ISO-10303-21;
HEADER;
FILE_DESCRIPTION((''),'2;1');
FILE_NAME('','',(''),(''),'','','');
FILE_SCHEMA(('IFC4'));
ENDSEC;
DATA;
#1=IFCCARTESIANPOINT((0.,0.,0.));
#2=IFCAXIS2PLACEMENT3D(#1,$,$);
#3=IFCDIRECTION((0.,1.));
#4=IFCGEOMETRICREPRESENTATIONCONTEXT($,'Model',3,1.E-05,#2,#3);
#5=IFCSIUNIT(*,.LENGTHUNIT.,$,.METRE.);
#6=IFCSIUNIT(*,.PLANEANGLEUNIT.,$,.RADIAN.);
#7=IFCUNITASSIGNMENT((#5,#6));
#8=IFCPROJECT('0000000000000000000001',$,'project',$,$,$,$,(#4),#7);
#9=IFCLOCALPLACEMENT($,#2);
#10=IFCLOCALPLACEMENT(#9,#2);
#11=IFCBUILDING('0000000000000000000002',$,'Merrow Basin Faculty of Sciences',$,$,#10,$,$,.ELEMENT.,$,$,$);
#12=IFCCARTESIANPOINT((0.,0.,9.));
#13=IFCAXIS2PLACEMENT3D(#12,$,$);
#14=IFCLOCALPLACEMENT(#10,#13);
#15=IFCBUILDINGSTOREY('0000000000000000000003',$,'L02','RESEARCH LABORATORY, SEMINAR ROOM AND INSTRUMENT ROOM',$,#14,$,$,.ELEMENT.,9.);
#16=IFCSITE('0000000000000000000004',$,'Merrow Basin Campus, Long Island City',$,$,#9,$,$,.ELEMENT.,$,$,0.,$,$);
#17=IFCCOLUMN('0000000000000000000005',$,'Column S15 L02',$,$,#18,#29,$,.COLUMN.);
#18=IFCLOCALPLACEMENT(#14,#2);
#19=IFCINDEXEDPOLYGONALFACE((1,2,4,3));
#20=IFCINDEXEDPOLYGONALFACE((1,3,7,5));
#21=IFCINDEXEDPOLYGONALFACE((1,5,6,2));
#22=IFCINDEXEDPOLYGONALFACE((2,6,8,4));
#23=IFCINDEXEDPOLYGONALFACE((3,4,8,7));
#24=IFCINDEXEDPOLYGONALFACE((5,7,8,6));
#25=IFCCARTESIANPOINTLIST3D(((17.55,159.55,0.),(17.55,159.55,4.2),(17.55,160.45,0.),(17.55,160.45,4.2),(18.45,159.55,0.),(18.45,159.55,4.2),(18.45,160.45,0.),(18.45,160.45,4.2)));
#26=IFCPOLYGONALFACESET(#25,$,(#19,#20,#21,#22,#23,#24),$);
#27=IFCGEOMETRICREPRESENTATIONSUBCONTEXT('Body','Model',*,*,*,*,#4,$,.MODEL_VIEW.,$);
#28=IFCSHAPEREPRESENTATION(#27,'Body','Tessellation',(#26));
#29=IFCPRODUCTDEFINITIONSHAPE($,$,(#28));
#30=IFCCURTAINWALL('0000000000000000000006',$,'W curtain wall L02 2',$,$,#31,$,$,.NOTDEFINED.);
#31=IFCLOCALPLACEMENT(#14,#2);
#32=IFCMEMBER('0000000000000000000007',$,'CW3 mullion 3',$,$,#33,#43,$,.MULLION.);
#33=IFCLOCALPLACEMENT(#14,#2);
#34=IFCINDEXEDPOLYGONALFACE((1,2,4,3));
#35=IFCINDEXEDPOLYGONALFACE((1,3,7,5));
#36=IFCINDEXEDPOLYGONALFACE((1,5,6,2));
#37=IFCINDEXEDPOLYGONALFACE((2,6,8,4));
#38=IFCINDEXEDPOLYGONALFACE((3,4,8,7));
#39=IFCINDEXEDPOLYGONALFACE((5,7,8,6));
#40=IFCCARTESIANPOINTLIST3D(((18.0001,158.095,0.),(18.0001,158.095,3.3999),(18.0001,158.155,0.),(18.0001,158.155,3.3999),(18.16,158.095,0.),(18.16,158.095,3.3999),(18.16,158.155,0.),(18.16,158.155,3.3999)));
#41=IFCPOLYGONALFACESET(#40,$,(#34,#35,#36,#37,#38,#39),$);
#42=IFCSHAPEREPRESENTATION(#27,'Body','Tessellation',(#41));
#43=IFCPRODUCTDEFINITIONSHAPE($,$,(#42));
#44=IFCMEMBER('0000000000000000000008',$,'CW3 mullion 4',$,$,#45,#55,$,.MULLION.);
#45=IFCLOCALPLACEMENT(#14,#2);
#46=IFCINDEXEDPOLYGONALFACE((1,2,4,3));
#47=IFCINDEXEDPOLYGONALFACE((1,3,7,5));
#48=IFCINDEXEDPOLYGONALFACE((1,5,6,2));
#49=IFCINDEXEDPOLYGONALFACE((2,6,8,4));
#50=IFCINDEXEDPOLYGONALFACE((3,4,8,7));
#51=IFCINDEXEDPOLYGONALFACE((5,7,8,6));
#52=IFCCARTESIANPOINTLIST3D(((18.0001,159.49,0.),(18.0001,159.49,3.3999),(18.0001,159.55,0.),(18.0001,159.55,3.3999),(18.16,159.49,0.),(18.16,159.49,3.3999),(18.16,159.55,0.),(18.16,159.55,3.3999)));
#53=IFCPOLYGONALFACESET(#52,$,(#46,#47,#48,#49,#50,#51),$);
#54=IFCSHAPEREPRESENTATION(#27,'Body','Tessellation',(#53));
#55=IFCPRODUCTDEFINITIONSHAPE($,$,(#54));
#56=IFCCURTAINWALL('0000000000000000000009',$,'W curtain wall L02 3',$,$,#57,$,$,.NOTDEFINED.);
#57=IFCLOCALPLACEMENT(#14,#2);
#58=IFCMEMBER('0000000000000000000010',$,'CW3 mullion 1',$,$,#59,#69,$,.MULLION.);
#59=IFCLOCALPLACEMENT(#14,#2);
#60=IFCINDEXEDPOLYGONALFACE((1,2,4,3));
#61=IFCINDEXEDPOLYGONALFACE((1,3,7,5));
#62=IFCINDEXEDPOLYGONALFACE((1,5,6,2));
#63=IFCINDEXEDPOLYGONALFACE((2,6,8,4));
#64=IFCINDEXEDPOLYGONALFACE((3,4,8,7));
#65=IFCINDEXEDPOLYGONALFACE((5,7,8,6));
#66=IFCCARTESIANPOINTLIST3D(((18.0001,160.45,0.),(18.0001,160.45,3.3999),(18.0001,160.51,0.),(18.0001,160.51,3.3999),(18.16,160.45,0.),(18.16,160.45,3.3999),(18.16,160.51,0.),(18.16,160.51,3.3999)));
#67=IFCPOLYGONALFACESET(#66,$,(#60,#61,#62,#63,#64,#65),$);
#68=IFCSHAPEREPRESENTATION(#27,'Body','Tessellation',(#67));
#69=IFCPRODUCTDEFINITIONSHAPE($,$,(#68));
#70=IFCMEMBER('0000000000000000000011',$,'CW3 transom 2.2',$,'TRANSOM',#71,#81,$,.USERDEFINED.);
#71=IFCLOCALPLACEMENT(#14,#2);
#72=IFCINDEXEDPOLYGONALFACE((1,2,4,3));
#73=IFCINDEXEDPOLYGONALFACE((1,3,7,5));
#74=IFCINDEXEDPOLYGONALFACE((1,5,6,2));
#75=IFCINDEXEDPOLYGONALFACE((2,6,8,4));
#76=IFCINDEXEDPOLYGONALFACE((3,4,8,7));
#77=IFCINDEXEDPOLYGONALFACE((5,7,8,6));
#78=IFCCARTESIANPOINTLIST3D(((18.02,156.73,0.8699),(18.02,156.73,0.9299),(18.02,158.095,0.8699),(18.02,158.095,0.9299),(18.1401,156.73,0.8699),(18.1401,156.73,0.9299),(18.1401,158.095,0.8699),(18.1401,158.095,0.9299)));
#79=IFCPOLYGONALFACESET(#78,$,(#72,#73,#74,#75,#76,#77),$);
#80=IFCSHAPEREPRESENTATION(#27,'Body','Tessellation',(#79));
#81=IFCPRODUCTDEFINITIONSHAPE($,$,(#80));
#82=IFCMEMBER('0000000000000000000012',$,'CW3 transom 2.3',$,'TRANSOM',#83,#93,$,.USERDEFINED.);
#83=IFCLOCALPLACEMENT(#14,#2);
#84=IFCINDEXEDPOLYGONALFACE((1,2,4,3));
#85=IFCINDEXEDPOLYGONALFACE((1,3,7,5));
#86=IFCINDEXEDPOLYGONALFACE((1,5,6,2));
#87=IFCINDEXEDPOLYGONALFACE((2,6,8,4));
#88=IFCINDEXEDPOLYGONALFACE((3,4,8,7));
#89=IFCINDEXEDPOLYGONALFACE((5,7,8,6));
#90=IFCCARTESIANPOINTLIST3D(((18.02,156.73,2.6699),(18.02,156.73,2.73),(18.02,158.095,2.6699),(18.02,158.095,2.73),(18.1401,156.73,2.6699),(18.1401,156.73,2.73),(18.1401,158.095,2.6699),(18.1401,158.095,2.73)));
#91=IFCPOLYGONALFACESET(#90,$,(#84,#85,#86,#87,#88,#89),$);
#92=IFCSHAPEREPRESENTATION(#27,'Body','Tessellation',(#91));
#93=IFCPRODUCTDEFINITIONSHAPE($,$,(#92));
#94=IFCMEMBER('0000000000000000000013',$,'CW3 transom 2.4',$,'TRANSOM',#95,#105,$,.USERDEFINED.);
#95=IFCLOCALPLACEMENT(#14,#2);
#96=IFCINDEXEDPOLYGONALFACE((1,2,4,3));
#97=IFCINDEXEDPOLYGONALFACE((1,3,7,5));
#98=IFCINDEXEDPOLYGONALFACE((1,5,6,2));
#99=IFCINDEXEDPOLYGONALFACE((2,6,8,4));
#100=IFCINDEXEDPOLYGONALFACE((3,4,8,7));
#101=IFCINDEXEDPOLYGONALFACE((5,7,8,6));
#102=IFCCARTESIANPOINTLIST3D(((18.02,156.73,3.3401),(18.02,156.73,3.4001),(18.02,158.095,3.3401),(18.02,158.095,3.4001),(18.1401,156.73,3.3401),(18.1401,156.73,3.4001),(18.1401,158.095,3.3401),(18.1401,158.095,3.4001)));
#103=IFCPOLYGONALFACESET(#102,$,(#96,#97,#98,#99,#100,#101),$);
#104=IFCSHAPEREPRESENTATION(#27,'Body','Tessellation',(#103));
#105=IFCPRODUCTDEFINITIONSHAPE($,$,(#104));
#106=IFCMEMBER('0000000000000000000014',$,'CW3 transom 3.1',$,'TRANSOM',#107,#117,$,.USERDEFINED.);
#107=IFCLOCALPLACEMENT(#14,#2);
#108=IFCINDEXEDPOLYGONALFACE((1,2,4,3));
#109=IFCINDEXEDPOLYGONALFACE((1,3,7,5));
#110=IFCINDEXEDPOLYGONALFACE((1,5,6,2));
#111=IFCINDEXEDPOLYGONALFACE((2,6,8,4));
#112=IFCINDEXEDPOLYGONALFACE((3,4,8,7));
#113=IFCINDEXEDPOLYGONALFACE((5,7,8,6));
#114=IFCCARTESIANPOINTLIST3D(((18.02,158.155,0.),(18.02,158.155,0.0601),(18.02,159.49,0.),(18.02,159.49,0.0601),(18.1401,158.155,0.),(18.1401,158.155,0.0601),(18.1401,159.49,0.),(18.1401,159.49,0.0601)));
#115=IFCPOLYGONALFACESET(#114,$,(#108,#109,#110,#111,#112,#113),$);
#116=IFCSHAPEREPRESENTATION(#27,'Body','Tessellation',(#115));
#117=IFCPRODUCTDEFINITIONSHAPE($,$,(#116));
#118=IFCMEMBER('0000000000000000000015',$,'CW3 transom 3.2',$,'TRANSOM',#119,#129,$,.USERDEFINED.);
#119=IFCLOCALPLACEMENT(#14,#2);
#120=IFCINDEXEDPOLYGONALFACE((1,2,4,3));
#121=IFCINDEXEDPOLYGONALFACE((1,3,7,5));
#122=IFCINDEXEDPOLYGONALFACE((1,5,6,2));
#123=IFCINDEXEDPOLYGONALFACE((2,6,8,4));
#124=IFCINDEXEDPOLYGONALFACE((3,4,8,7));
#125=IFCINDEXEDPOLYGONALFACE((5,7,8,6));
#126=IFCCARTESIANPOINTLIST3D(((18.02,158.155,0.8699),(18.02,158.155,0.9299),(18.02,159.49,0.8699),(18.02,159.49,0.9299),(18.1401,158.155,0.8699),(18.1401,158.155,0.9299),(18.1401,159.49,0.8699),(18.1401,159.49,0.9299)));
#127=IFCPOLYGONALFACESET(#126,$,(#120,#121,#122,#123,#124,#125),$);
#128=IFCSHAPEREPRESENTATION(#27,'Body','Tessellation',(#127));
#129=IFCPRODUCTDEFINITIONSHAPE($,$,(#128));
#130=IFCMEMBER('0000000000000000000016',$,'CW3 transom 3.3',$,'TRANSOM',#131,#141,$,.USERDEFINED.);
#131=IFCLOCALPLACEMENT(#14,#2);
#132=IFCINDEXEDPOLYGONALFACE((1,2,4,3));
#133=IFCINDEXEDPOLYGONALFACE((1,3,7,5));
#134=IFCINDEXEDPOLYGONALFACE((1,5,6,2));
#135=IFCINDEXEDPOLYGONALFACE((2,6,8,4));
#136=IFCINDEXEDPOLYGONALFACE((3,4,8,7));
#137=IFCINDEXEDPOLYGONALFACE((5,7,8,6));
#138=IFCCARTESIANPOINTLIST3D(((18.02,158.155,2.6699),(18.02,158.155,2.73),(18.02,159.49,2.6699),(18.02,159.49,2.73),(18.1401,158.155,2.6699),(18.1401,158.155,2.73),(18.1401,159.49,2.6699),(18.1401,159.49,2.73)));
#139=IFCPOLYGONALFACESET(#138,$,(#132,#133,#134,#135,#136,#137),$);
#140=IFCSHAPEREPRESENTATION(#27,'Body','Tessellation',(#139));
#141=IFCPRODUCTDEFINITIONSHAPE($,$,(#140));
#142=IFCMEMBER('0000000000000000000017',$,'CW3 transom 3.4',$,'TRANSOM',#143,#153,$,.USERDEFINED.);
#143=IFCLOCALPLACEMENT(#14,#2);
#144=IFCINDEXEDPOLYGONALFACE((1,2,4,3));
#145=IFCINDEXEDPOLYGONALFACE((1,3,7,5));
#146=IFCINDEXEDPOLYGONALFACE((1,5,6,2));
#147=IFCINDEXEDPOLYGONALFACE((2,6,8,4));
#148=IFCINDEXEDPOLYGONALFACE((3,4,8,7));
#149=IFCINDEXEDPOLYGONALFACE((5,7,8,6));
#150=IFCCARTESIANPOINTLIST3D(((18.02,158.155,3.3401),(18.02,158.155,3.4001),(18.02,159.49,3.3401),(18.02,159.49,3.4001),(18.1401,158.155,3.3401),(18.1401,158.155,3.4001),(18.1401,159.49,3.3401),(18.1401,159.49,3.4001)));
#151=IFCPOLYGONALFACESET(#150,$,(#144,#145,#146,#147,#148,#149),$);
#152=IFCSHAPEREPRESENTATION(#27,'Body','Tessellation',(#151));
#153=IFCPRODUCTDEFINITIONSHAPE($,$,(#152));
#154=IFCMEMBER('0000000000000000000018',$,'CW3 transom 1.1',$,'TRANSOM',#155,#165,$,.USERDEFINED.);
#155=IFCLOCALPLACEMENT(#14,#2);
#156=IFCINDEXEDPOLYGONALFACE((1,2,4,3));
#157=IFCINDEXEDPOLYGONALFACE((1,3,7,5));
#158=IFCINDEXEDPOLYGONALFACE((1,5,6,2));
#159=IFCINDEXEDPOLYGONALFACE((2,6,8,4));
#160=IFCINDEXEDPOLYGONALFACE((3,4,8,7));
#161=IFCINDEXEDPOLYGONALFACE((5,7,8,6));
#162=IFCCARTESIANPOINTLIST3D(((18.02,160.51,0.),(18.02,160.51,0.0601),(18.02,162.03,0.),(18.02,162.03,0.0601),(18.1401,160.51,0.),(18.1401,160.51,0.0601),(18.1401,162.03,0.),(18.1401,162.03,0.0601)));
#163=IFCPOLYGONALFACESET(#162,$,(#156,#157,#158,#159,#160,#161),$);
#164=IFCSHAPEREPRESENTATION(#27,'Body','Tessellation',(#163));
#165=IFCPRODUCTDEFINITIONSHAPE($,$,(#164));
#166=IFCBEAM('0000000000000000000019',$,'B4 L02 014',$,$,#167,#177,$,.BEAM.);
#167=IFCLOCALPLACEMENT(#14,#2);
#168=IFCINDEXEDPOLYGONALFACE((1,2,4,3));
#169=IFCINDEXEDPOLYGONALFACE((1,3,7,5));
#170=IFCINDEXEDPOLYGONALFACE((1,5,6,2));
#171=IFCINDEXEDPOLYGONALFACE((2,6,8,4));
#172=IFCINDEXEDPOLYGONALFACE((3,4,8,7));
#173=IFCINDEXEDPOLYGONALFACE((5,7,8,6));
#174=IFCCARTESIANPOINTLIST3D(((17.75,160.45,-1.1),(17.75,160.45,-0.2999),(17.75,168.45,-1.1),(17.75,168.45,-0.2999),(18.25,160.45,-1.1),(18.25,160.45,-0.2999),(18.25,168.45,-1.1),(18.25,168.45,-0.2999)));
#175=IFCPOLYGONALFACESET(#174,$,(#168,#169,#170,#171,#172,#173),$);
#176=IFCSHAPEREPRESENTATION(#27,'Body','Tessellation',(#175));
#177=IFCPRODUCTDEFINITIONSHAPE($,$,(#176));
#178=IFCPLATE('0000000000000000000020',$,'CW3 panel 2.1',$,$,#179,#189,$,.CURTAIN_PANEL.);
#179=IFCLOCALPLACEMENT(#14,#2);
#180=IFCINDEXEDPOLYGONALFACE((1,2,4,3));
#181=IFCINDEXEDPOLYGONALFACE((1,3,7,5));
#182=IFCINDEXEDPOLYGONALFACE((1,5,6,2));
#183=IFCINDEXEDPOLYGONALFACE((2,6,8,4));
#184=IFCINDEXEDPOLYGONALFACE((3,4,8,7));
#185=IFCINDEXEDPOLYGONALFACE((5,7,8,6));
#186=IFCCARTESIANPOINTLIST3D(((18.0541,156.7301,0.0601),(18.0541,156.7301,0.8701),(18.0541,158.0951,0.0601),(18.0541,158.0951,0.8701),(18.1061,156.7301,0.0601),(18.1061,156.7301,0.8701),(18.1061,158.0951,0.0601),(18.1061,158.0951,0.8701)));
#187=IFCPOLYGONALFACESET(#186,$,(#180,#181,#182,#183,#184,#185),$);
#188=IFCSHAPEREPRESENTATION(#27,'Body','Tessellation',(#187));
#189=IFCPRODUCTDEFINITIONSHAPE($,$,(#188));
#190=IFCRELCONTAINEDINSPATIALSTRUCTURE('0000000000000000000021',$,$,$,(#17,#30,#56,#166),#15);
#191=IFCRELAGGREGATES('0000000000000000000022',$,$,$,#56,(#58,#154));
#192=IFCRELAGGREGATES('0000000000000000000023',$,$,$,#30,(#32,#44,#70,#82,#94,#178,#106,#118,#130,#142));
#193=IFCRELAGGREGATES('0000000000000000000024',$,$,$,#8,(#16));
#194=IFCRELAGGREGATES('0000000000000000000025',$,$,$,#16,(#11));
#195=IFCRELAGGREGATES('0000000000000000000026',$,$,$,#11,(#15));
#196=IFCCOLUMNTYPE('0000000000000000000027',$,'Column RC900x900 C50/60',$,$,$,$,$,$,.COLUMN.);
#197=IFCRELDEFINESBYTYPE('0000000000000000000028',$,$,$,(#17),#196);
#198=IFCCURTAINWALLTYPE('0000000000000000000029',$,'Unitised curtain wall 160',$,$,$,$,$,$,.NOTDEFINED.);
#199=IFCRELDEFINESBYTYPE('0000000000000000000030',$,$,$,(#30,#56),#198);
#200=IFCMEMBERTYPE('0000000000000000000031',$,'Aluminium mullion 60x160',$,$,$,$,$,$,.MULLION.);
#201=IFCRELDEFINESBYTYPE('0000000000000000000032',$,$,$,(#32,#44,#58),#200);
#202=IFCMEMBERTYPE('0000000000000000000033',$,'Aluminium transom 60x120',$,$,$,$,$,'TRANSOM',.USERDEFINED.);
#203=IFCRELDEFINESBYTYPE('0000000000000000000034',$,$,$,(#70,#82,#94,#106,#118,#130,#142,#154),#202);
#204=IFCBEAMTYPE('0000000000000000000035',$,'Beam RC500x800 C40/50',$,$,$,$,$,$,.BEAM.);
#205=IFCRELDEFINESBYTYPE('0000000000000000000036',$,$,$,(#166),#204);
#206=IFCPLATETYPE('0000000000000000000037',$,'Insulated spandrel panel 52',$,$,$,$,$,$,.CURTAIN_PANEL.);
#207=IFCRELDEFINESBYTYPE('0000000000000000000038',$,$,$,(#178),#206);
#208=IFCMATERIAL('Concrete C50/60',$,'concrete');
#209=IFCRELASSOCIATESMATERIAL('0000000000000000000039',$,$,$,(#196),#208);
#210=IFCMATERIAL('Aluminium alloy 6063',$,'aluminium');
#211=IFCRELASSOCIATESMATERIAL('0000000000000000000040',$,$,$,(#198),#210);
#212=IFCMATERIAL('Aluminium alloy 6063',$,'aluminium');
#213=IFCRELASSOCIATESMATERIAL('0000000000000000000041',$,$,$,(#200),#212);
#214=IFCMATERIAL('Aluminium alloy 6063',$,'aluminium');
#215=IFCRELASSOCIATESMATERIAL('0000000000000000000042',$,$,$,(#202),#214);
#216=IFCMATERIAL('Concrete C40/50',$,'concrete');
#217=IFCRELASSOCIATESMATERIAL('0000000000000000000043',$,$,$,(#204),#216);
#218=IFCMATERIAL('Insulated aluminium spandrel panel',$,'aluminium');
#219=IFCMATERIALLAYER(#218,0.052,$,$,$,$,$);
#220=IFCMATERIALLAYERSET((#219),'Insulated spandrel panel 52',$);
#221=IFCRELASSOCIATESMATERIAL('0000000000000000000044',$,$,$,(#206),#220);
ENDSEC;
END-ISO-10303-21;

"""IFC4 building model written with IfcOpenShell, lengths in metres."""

from ifc_helpers import new_model, si_unit, direction, frame, origin, origin_2d, place, context, subcontext, project, spatial, rectangle, extrude, material, layer, layer_set, material_profile, profile_set, type_object, element, aggregate, save


model = new_model("IFC4")

# Units and contexts
model_context = context("Model", 3, precision=1e-05, world=origin(), true_north=direction((0.0, 1.0)))
body_context = subcontext(model_context, "Body", "Model", "MODEL_VIEW")
ifc_project = project(units=[si_unit("LENGTHUNIT", "METRE"), si_unit("PLANEANGLEUNIT", "RADIAN")], contexts=[model_context])

# Site, building, storey
site_placement = place(None, origin())
site = spatial("IfcSite", under=ifc_project, at=site_placement, Name="Merrow Basin Campus, Long Island City", CompositionType="ELEMENT", RefElevation=0.0)
building_placement = place(site_placement, origin())
building = spatial("IfcBuilding", under=site, at=building_placement, Name="Merrow Basin Faculty of Sciences", CompositionType="ELEMENT")
storey_placement = place(building_placement, frame((0.0, 0.0, 9.0)))
storey = spatial("IfcBuildingStorey", under=building, at=storey_placement, Name="L02", Description="RESEARCH LABORATORY, SEMINAR ROOM AND INSTRUMENT ROOM", CompositionType="ELEMENT", Elevation=9.0)

# Column
ifc_material_1 = material(Name="Concrete C50/60", Category="concrete")
ifc_material_profile_1 = material_profile(ifc_material_1, rectangle(XDim=0.8999, YDim=0.8999, at=origin_2d()))
ifc_profile_set_1 = profile_set([ifc_material_profile_1], Name="Concrete C50/60")
column_type = type_object("IfcColumnType", Name="Column RC900x900 C50/60", PredefinedType="COLUMN", material=ifc_profile_set_1)
column_placement = place(storey_placement, frame((18.0, 160.0, 0.0), z_axis=(0.0, 0.0, 1.0), x_axis=(1.0, 0.0, 0.0)))
element("IfcColumn", 1, at=column_placement, inside=storey, type_object=column_type, Name="Column S15 L02", PredefinedType="COLUMN", context=body_context, shape_type="SweptSolid", body=[
    extrude(rectangle(XDim=0.8999, YDim=0.8999, at=origin_2d()), origin(), (0.0, 0.0, 1.0), 4.2),
])

# Curtain wall, members
ifc_material_2 = material(Name="Aluminium alloy 6063", Category="aluminium")
curtain_wall_type = type_object("IfcCurtainWallType", Name="Unitised curtain wall 160", PredefinedType="NOTDEFINED", material=ifc_material_2)
curtain_wall_1_placement = place(storey_placement, origin())
curtain_wall_1 = element("IfcCurtainWall", 2, at=curtain_wall_1_placement, inside=storey, type_object=curtain_wall_type, Name="W curtain wall L02 2", PredefinedType="NOTDEFINED")
ifc_material_3 = material(Name="Aluminium alloy 6063", Category="aluminium")
ifc_material_profile_2 = material_profile(ifc_material_3, rectangle(XDim=0.1599, YDim=0.0601, at=origin_2d()))
ifc_profile_set_2 = profile_set([ifc_material_profile_2], Name="Aluminium alloy 6063")
member_type_1 = type_object("IfcMemberType", Name="Aluminium mullion 60x160", PredefinedType="MULLION", material=ifc_profile_set_2)
member_1_placement = place(storey_placement, frame((18.0801, 158.125, 0.0), z_axis=(0.0, 0.0, 1.0), x_axis=(-1.0, 0.0, 0.0)))
member_1 = element("IfcMember", 3, at=member_1_placement, type_object=member_type_1, Name="CW3 mullion 3", PredefinedType="MULLION", context=body_context, shape_type="SweptSolid", body=[
    extrude(rectangle(XDim=0.1599, YDim=0.0601, at=origin_2d()), origin(), (0.0, 0.0, 1.0), 3.3999),
])
member_2_placement = place(storey_placement, frame((18.0801, 159.52, 0.0), z_axis=(0.0, 0.0, 1.0), x_axis=(-1.0, 0.0, 0.0)))
member_2 = element("IfcMember", 4, at=member_2_placement, type_object=member_type_1, Name="CW3 mullion 4", PredefinedType="MULLION", context=body_context, shape_type="SweptSolid", body=[
    extrude(rectangle(XDim=0.1599, YDim=0.0601, at=origin_2d()), origin(), (0.0, 0.0, 1.0), 3.3999),
])

# Curtain wall, member
curtain_wall_2_placement = place(storey_placement, origin())
curtain_wall_2 = element("IfcCurtainWall", 5, at=curtain_wall_2_placement, inside=storey, type_object=curtain_wall_type, Name="W curtain wall L02 3", PredefinedType="NOTDEFINED")
member_3_placement = place(storey_placement, frame((18.0801, 160.48, 0.0), z_axis=(0.0, 0.0, 1.0), x_axis=(-1.0, 0.0, 0.0)))
member_3 = element("IfcMember", 6, at=member_3_placement, type_object=member_type_1, Name="CW3 mullion 1", PredefinedType="MULLION", context=body_context, shape_type="SweptSolid", body=[
    extrude(rectangle(XDim=0.1599, YDim=0.0601, at=origin_2d()), origin(), (0.0, 0.0, 1.0), 3.3999),
])

# Members
ifc_material_4 = material(Name="Aluminium alloy 6063", Category="aluminium")
ifc_material_profile_3 = material_profile(ifc_material_4, rectangle(XDim=0.1201, YDim=0.0601, at=origin_2d()))
ifc_profile_set_3 = profile_set([ifc_material_profile_3], Name="Aluminium alloy 6063")
member_type_2 = type_object("IfcMemberType", Name="Aluminium transom 60x120", ElementType="TRANSOM", PredefinedType="USERDEFINED", material=ifc_profile_set_3)
member_4_placement = place(storey_placement, frame((18.0801, 156.73, 0.8999), z_axis=(0.0, 1.0, 0.0), x_axis=(-1.0, 0.0, 0.0)))
member_4 = element("IfcMember", 7, at=member_4_placement, type_object=member_type_2, Name="CW3 transom 2.2", ObjectType="TRANSOM", PredefinedType="USERDEFINED", context=body_context, shape_type="SweptSolid", body=[
    extrude(rectangle(XDim=0.1201, YDim=0.0601, at=origin_2d()), origin(), (0.0, 0.0, 1.0), 1.365),
])
member_5_placement = place(storey_placement, frame((18.0801, 156.73, 2.7), z_axis=(0.0, 1.0, 0.0), x_axis=(-1.0, 0.0, 0.0)))
member_5 = element("IfcMember", 8, at=member_5_placement, type_object=member_type_2, Name="CW3 transom 2.3", ObjectType="TRANSOM", PredefinedType="USERDEFINED", context=body_context, shape_type="SweptSolid", body=[
    extrude(rectangle(XDim=0.1201, YDim=0.0601, at=origin_2d()), origin(), (0.0, 0.0, 1.0), 1.365),
])
member_6_placement = place(storey_placement, frame((18.0801, 156.73, 3.3701), z_axis=(0.0, 1.0, 0.0), x_axis=(-1.0, 0.0, 0.0)))
member_6 = element("IfcMember", 9, at=member_6_placement, type_object=member_type_2, Name="CW3 transom 2.4", ObjectType="TRANSOM", PredefinedType="USERDEFINED", context=body_context, shape_type="SweptSolid", body=[
    extrude(rectangle(XDim=0.1201, YDim=0.0601, at=origin_2d()), origin(), (0.0, 0.0, 1.0), 1.365),
])
member_7_placement = place(storey_placement, frame((18.0801, 158.155, 0.03), z_axis=(0.0, 1.0, 0.0), x_axis=(-1.0, 0.0, 0.0)))
member_7 = element("IfcMember", 10, at=member_7_placement, type_object=member_type_2, Name="CW3 transom 3.1", ObjectType="TRANSOM", PredefinedType="USERDEFINED", context=body_context, shape_type="SweptSolid", body=[
    extrude(rectangle(XDim=0.1201, YDim=0.0601, at=origin_2d()), origin(), (0.0, 0.0, 1.0), 1.335),
])
member_8_placement = place(storey_placement, frame((18.0801, 158.155, 0.8999), z_axis=(0.0, 1.0, 0.0), x_axis=(-1.0, 0.0, 0.0)))
member_8 = element("IfcMember", 11, at=member_8_placement, type_object=member_type_2, Name="CW3 transom 3.2", ObjectType="TRANSOM", PredefinedType="USERDEFINED", context=body_context, shape_type="SweptSolid", body=[
    extrude(rectangle(XDim=0.1201, YDim=0.0601, at=origin_2d()), origin(), (0.0, 0.0, 1.0), 1.335),
])
member_9_placement = place(storey_placement, frame((18.0801, 158.155, 2.7), z_axis=(0.0, 1.0, 0.0), x_axis=(-1.0, 0.0, 0.0)))
member_9 = element("IfcMember", 12, at=member_9_placement, type_object=member_type_2, Name="CW3 transom 3.3", ObjectType="TRANSOM", PredefinedType="USERDEFINED", context=body_context, shape_type="SweptSolid", body=[
    extrude(rectangle(XDim=0.1201, YDim=0.0601, at=origin_2d()), origin(), (0.0, 0.0, 1.0), 1.335),
])
member_10_placement = place(storey_placement, frame((18.0801, 158.155, 3.3701), z_axis=(0.0, 1.0, 0.0), x_axis=(-1.0, 0.0, 0.0)))
member_10 = element("IfcMember", 13, at=member_10_placement, type_object=member_type_2, Name="CW3 transom 3.4", ObjectType="TRANSOM", PredefinedType="USERDEFINED", context=body_context, shape_type="SweptSolid", body=[
    extrude(rectangle(XDim=0.1201, YDim=0.0601, at=origin_2d()), origin(), (0.0, 0.0, 1.0), 1.335),
])
member_11_placement = place(storey_placement, frame((18.0801, 160.51, 0.03), z_axis=(0.0, 1.0, 0.0), x_axis=(-1.0, 0.0, 0.0)))
member_11 = element("IfcMember", 14, at=member_11_placement, type_object=member_type_2, Name="CW3 transom 1.1", ObjectType="TRANSOM", PredefinedType="USERDEFINED", context=body_context, shape_type="SweptSolid", body=[
    extrude(rectangle(XDim=0.1201, YDim=0.0601, at=origin_2d()), origin(), (0.0, 0.0, 1.0), 1.52),
])
aggregate(curtain_wall_2, [member_3, member_11])

# Beam
ifc_material_5 = material(Name="Concrete C40/50", Category="concrete")
ifc_material_profile_4 = material_profile(ifc_material_5, rectangle(XDim=0.5, YDim=0.8, at=origin_2d()))
ifc_profile_set_4 = profile_set([ifc_material_profile_4], Name="Concrete C40/50")
beam_type = type_object("IfcBeamType", Name="Beam RC500x800 C40/50", PredefinedType="BEAM", material=ifc_profile_set_4)
beam_placement = place(storey_placement, frame((18.0, 160.45, -0.7), z_axis=(0.0, 1.0, 0.0), x_axis=(-1.0, 0.0, 0.0)))
element("IfcBeam", 15, at=beam_placement, inside=storey, type_object=beam_type, Name="B4 L02 014", PredefinedType="BEAM", context=body_context, shape_type="SweptSolid", body=[
    extrude(rectangle(XDim=0.5, YDim=0.8, at=origin_2d()), origin(), (0.0, 0.0, 1.0), 8.0),
])

# Plate
ifc_material_6 = material(Name="Insulated aluminium spandrel panel", Category="aluminium")
ifc_layer_1 = layer(ifc_material_6, 0.052)
ifc_layer_set_1 = layer_set([ifc_layer_1], Name="Insulated spandrel panel 52")
plate_type_1 = type_object("IfcPlateType", Name="Insulated spandrel panel 52", PredefinedType="CURTAIN_PANEL", material=ifc_layer_set_1)
plate_1_placement = place(storey_placement, frame((18.0801, 157.4126, 0.0601), z_axis=(0.0, 0.0, 1.0), x_axis=(0.0, 1.0, 0.0)))
plate_1 = element("IfcPlate", 16, at=plate_1_placement, type_object=plate_type_1, Name="CW3 panel 2.1", PredefinedType="CURTAIN_PANEL", context=body_context, shape_type="SweptSolid", body=[
    extrude(rectangle(XDim=1.365, YDim=0.052, at=origin_2d()), origin(), (0.0, 0.0, 1.0), 0.8101),
])
aggregate(curtain_wall_1, [member_1, member_2, member_4, member_5, member_6, plate_1, member_7, member_8, member_9, member_10])

save(model, "model.ifc")
